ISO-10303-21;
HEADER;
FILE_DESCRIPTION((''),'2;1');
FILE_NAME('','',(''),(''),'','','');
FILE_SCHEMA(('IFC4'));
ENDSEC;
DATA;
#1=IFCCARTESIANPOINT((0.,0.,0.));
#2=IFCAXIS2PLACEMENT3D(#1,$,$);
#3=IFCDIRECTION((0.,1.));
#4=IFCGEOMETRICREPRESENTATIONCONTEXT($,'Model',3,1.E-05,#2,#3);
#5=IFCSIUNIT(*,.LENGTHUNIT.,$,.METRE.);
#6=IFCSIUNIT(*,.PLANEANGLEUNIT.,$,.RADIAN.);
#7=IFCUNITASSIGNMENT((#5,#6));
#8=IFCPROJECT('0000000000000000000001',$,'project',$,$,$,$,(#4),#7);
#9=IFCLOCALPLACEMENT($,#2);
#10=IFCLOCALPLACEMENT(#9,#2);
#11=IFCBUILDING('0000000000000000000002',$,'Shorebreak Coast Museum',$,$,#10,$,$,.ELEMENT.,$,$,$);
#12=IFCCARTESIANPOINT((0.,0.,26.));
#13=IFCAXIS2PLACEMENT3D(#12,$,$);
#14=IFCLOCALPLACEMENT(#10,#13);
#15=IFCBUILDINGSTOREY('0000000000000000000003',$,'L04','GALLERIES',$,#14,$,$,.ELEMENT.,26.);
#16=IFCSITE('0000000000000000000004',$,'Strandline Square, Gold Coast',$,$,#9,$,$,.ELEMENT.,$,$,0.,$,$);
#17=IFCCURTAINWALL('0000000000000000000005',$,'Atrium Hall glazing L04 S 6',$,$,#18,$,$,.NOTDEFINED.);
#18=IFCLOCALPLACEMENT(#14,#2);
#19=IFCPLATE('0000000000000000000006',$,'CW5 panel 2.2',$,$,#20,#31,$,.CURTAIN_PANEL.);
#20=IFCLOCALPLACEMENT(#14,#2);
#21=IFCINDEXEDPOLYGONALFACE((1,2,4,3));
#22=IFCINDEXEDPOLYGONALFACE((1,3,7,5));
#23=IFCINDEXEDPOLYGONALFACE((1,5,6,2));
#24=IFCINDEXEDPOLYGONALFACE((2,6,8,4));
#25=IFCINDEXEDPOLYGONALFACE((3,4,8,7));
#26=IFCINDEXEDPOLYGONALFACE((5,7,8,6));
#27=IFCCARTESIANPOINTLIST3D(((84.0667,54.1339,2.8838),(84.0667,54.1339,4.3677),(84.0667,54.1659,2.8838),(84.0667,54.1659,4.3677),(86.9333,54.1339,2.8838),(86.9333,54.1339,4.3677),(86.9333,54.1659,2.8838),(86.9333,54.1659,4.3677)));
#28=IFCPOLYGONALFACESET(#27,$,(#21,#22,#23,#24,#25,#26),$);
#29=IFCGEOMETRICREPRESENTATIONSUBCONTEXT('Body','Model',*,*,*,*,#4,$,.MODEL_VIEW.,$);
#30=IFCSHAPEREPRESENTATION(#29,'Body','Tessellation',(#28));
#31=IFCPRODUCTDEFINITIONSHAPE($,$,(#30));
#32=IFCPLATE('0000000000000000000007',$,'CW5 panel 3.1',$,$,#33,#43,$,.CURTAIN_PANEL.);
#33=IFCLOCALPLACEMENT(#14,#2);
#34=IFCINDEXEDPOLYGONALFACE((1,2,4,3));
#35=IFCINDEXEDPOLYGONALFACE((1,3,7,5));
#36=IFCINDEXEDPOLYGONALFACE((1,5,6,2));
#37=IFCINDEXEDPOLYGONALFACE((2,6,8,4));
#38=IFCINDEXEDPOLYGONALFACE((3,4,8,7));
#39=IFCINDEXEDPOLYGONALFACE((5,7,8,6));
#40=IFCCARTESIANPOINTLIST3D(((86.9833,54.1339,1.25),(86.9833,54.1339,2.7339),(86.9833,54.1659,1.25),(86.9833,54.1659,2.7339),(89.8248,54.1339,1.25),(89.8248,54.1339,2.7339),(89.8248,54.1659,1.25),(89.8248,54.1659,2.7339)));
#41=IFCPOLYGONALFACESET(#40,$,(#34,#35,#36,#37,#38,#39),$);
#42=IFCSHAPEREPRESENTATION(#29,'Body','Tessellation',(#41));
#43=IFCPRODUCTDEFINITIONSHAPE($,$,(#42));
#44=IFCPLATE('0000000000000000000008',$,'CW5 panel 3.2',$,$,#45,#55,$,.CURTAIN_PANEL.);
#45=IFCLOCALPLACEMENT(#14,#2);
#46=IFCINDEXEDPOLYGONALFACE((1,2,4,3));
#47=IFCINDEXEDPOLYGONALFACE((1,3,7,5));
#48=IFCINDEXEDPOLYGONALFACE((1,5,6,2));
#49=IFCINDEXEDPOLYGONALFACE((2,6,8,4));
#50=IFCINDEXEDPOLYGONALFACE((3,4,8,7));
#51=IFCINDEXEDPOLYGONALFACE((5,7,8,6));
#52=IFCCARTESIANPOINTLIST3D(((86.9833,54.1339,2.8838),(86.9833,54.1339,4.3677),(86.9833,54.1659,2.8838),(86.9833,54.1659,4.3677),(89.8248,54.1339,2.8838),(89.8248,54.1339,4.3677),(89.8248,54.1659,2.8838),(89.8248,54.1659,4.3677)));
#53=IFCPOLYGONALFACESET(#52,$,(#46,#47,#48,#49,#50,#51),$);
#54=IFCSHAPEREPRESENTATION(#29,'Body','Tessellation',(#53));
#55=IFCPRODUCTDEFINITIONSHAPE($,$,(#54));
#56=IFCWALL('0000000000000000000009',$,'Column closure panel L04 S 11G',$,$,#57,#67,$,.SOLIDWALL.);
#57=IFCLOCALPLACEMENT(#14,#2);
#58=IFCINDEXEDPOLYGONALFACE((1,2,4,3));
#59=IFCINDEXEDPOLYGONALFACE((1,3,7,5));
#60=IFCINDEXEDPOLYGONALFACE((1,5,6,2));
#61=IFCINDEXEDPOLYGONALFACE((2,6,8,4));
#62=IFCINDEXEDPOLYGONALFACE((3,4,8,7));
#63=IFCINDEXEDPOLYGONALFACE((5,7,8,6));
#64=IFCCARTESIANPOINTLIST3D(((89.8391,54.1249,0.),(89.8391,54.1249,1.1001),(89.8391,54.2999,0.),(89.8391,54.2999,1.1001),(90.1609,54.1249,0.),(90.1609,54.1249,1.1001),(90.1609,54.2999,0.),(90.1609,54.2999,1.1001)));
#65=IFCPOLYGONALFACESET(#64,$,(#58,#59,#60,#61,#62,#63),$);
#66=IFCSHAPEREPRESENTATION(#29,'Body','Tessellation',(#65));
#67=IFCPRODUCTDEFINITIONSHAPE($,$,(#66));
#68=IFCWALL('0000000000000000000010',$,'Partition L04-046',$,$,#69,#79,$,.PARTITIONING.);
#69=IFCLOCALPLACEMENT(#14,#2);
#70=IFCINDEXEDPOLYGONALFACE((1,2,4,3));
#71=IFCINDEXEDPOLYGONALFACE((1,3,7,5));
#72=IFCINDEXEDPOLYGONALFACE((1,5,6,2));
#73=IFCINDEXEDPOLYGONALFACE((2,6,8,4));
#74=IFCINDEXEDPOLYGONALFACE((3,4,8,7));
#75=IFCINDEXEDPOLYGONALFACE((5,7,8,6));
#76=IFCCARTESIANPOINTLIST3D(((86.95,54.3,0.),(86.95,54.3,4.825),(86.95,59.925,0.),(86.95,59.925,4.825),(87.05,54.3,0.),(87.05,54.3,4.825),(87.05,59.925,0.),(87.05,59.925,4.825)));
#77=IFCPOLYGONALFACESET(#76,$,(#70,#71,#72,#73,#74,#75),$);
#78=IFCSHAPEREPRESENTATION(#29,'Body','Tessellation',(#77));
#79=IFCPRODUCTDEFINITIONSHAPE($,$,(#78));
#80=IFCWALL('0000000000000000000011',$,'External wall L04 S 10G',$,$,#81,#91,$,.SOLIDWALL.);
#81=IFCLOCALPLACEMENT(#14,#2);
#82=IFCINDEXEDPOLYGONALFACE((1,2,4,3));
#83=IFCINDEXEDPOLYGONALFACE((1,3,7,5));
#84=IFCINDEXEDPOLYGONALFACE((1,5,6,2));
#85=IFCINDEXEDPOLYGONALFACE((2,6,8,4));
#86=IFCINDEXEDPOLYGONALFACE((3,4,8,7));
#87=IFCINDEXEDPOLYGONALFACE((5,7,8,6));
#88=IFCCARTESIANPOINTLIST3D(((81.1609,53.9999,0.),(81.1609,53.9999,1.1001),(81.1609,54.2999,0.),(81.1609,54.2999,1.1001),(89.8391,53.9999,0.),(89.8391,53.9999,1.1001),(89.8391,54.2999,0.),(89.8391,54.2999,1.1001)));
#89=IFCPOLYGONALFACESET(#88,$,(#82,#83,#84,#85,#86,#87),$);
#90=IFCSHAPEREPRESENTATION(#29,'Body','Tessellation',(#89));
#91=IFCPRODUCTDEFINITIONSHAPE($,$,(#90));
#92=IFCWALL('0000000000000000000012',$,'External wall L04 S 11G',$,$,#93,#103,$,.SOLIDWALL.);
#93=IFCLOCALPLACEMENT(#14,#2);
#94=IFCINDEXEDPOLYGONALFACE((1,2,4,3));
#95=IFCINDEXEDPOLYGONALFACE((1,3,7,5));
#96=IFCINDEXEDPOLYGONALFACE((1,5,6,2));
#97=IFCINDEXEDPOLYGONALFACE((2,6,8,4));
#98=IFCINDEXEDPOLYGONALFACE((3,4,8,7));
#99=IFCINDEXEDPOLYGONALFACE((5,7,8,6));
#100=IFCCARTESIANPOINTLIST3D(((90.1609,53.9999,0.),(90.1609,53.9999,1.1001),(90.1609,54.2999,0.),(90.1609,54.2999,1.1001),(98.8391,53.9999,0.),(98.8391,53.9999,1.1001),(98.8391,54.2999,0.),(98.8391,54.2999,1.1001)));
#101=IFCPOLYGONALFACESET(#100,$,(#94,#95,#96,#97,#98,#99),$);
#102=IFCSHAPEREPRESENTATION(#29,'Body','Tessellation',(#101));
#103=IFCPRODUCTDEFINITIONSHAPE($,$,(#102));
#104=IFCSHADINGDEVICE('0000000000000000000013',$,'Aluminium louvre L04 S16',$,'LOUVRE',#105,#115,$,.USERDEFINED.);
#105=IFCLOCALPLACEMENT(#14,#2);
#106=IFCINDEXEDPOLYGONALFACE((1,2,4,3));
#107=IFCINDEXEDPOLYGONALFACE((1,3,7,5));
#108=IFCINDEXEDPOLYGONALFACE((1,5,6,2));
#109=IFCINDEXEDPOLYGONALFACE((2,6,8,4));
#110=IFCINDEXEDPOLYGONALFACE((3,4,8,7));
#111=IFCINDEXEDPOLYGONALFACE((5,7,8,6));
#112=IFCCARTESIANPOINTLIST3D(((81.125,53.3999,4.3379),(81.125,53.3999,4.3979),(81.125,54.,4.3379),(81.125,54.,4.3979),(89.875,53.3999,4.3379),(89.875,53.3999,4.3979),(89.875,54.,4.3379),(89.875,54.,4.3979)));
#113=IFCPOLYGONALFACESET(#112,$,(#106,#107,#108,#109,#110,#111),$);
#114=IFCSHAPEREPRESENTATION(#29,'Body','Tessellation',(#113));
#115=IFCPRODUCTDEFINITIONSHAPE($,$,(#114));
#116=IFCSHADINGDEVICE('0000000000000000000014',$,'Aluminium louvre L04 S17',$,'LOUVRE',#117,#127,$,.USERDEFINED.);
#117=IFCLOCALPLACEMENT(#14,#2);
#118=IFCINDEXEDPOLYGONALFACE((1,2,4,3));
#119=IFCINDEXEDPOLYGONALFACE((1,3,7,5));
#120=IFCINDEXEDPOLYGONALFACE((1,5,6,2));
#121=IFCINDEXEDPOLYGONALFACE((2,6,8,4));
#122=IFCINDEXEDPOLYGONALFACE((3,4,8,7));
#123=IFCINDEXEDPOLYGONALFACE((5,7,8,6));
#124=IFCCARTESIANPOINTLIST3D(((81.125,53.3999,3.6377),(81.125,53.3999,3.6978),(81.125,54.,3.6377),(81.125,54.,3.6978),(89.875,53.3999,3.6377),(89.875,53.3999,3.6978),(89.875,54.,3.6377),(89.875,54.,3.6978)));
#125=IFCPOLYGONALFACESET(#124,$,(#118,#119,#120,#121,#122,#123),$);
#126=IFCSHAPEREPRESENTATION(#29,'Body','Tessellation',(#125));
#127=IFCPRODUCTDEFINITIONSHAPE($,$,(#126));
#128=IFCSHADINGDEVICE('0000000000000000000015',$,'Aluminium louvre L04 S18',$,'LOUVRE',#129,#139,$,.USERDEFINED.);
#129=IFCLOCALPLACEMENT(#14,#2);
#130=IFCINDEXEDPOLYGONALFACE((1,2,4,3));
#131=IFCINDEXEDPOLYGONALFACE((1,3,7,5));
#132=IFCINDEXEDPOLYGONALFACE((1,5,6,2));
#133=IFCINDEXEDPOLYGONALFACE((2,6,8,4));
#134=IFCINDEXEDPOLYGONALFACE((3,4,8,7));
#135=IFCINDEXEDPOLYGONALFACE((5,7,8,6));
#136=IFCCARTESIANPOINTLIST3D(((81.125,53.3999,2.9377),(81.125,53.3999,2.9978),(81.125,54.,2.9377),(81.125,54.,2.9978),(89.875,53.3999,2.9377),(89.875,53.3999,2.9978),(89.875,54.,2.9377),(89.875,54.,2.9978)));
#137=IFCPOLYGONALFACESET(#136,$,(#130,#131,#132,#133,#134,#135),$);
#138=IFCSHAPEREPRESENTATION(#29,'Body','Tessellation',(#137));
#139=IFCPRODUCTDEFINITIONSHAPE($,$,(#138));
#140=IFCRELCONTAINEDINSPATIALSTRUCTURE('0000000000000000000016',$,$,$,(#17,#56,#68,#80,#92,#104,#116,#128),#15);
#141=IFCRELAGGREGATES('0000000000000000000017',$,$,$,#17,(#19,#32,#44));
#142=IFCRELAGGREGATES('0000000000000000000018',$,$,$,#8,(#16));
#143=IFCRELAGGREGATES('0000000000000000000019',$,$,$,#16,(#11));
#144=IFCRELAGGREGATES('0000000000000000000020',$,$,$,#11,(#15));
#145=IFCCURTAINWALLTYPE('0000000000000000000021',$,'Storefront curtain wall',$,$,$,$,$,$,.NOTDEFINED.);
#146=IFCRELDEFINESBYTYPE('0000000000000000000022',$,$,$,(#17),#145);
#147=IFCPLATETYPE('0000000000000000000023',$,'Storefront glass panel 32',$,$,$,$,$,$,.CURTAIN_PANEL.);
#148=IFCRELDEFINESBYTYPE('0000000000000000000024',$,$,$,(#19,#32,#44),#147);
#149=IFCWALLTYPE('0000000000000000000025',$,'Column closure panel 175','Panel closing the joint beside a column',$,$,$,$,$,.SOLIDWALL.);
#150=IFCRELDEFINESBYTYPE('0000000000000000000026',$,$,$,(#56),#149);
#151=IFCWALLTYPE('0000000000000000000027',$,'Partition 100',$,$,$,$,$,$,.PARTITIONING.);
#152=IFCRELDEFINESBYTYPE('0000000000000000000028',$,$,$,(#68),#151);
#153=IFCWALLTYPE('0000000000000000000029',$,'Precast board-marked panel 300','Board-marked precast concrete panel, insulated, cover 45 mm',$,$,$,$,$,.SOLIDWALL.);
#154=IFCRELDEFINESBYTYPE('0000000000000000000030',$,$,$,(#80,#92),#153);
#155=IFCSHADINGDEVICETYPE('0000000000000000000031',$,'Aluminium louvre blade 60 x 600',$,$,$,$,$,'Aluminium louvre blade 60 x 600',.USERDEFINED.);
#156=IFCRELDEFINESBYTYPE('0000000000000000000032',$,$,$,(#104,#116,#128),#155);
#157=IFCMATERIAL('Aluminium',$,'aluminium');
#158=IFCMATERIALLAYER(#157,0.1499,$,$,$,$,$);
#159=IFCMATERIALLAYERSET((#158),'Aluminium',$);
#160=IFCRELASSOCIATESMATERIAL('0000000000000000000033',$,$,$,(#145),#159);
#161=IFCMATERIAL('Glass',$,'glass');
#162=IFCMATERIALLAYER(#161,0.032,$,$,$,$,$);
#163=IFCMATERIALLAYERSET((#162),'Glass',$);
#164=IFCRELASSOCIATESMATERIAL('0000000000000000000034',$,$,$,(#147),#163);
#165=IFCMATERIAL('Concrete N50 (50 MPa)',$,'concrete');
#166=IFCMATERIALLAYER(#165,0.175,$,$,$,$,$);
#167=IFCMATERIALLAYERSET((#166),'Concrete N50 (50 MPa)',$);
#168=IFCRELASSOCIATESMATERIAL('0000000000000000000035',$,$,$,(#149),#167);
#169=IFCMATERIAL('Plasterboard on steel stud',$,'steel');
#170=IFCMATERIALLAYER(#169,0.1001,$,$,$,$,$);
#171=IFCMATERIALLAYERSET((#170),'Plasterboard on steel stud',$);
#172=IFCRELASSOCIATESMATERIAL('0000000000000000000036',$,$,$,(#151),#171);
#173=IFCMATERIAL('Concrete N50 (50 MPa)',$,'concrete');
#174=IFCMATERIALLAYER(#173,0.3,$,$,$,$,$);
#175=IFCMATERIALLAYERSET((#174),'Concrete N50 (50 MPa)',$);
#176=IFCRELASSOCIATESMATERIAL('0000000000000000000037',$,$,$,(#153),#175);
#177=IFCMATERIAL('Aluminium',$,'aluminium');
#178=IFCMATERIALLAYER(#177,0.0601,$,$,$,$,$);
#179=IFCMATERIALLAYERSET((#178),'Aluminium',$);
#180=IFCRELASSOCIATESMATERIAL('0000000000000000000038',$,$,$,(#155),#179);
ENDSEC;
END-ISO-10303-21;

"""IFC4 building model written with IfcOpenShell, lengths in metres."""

from ifc_helpers import new_model, si_unit, direction, frame, frame_2d, origin, origin_2d, place, context, subcontext, project, spatial, rectangle, extrude, material, layer, layer_set, type_object, element, aggregate, save


model = new_model("IFC4")

# Units and contexts
model_context = context("Model", 3, precision=1e-05, world=origin(), true_north=direction((0.0, 1.0)))
body_context = subcontext(model_context, "Body", "Model", "MODEL_VIEW")
ifc_project = project(units=[si_unit("LENGTHUNIT", "METRE"), si_unit("PLANEANGLEUNIT", "RADIAN")], contexts=[model_context])

# Site, building, storey
site_placement = place(None, origin())
site = spatial("IfcSite", under=ifc_project, at=site_placement, Name="Strandline Square, Gold Coast", CompositionType="ELEMENT", RefElevation=0.0)
building_placement = place(site_placement, origin())
building = spatial("IfcBuilding", under=site, at=building_placement, Name="Shorebreak Coast Museum", CompositionType="ELEMENT")
storey_placement = place(building_placement, frame((0.0, 0.0, 26.0)))
storey = spatial("IfcBuildingStorey", under=building, at=storey_placement, Name="L04", Description="GALLERIES", CompositionType="ELEMENT", Elevation=26.0)

# Curtain wall
ifc_material_1 = material(Name="Aluminium", Category="aluminium")
ifc_layer_1 = layer(ifc_material_1, 0.1499)
ifc_layer_set_1 = layer_set([ifc_layer_1], Name="Aluminium")
curtain_wall_type = type_object("IfcCurtainWallType", Name="Storefront curtain wall", PredefinedType="NOTDEFINED", material=ifc_layer_set_1)
curtain_wall_1_placement = place(storey_placement, origin())
curtain_wall_1 = element("IfcCurtainWall", 1, at=curtain_wall_1_placement, inside=storey, type_object=curtain_wall_type, Name="Atrium Hall glazing L04 S 6", PredefinedType="NOTDEFINED")

# Plates
ifc_material_2 = material(Name="Glass", Category="glass")
ifc_layer_2 = layer(ifc_material_2, 0.032)
ifc_layer_set_2 = layer_set([ifc_layer_2], Name="Glass")
plate_type = type_object("IfcPlateType", Name="Storefront glass panel 32", PredefinedType="CURTAIN_PANEL", material=ifc_layer_set_2)
plate_1_placement = place(storey_placement, frame((85.5, 54.1499, 2.8838), z_axis=(0.0, 0.0, 1.0), x_axis=(1.0, 0.0, 0.0)))
plate_1 = element("IfcPlate", 2, at=plate_1_placement, type_object=plate_type, Name="CW5 panel 2.2", PredefinedType="CURTAIN_PANEL", context=body_context, shape_type="SweptSolid", body=[
    extrude(rectangle(XDim=2.8667, YDim=0.032, at=origin_2d()), origin(), (0.0, 0.0, 1.0), 1.4839),
])
plate_2_placement = place(storey_placement, frame((88.4041, 54.1499, 1.25), z_axis=(0.0, 0.0, 1.0), x_axis=(1.0, 0.0, 0.0)))
plate_2 = element("IfcPlate", 3, at=plate_2_placement, type_object=plate_type, Name="CW5 panel 3.1", PredefinedType="CURTAIN_PANEL", context=body_context, shape_type="SweptSolid", body=[
    extrude(rectangle(XDim=2.8416, YDim=0.032, at=origin_2d()), origin(), (0.0, 0.0, 1.0), 1.4839),
])
plate_3_placement = place(storey_placement, frame((88.4041, 54.1499, 2.8838), z_axis=(0.0, 0.0, 1.0), x_axis=(1.0, 0.0, 0.0)))
plate_3 = element("IfcPlate", 4, at=plate_3_placement, type_object=plate_type, Name="CW5 panel 3.2", PredefinedType="CURTAIN_PANEL", context=body_context, shape_type="SweptSolid", body=[
    extrude(rectangle(XDim=2.8416, YDim=0.032, at=origin_2d()), origin(), (0.0, 0.0, 1.0), 1.4839),
])
aggregate(curtain_wall_1, [plate_1, plate_2, plate_3])

# Walls
ifc_material_3 = material(Name="Concrete N50 (50 MPa)", Category="concrete")
ifc_layer_3 = layer(ifc_material_3, 0.175)
ifc_layer_set_3 = layer_set([ifc_layer_3], Name="Concrete N50 (50 MPa)")
wall_type_1 = type_object("IfcWallType", Name="Column closure panel 175", Description="Panel closing the joint beside a column", PredefinedType="SOLIDWALL", material=ifc_layer_set_3)
wall_1_placement = place(storey_placement, frame((89.8391, 54.2124, 0.0), z_axis=(0.0, 0.0, 1.0), x_axis=(1.0, 0.0, 0.0)))
element("IfcWall", 5, at=wall_1_placement, inside=storey, type_object=wall_type_1, Name="Column closure panel L04 S 11G", PredefinedType="SOLIDWALL", context=body_context, shape_type="SweptSolid", body=[
    extrude(rectangle(XDim=0.3218, YDim=0.175, at=frame_2d((0.1609, 0.0))), origin(), (0.0, 0.0, 1.0), 1.1001),
])
ifc_material_4 = material(Name="Plasterboard on steel stud", Category="steel")
ifc_layer_4 = layer(ifc_material_4, 0.1001)
ifc_layer_set_4 = layer_set([ifc_layer_4], Name="Plasterboard on steel stud")
wall_type_2 = type_object("IfcWallType", Name="Partition 100", PredefinedType="PARTITIONING", material=ifc_layer_set_4)
wall_2_placement = place(storey_placement, frame((87.0, 54.3, 0.0), z_axis=(0.0, 0.0, 1.0), x_axis=(0.0, 1.0, 0.0)))
element("IfcWall", 6, at=wall_2_placement, inside=storey, type_object=wall_type_2, Name="Partition L04-046", PredefinedType="PARTITIONING", context=body_context, shape_type="SweptSolid", body=[
    extrude(rectangle(XDim=5.625, YDim=0.1001, at=frame_2d((2.8125, 0.0))), origin(), (0.0, 0.0, 1.0), 4.825),
])
ifc_material_5 = material(Name="Concrete N50 (50 MPa)", Category="concrete")
ifc_layer_5 = layer(ifc_material_5, 0.3)
ifc_layer_set_5 = layer_set([ifc_layer_5], Name="Concrete N50 (50 MPa)")
wall_type_3 = type_object("IfcWallType", Name="Precast board-marked panel 300", Description="Board-marked precast concrete panel, insulated, cover 45 mm", PredefinedType="SOLIDWALL", material=ifc_layer_set_5)
for number, where, z_axis, x_axis, name in (
    (7, (81.1609, 54.1499, 0.0), (0.0, 0.0, 1.0), (1.0, 0.0, 0.0), "External wall L04 S 10G"),
    (8, (90.1609, 54.1499, 0.0), (0.0, 0.0, 1.0), (1.0, 0.0, 0.0), "External wall L04 S 11G"),
):
    element("IfcWall", number, at=place(storey_placement, frame(where, z_axis=z_axis, x_axis=x_axis)), inside=storey, type_object=wall_type_3, Name=name, PredefinedType="SOLIDWALL", context=body_context, shape_type="SweptSolid", body=[
        extrude(rectangle(XDim=8.6782, YDim=0.3, at=frame_2d((4.3391, 0.0))), origin(), (0.0, 0.0, 1.0), 1.1001),
    ])

# Shading devices
ifc_material_6 = material(Name="Aluminium", Category="aluminium")
ifc_layer_6 = layer(ifc_material_6, 0.0601)
ifc_layer_set_6 = layer_set([ifc_layer_6], Name="Aluminium")
shading_device_type = type_object("IfcShadingDeviceType", Name="Aluminium louvre blade 60 x 600", ElementType="Aluminium louvre blade 60 x 600", PredefinedType="USERDEFINED", material=ifc_layer_set_6)
for number, where, z_axis, x_axis, name in (
    (9, (85.5, 53.7, 4.3379), (0.0, 0.0, 1.0), (1.0, 0.0, 0.0), "Aluminium louvre L04 S16"),
    (10, (85.5, 53.7, 3.6377), (0.0, 0.0, 1.0), (1.0, 0.0, 0.0), "Aluminium louvre L04 S17"),
    (11, (85.5, 53.7, 2.9377), (0.0, 0.0, 1.0), (1.0, 0.0, 0.0), "Aluminium louvre L04 S18"),
):
    element("IfcShadingDevice", number, at=place(storey_placement, frame(where, z_axis=z_axis, x_axis=x_axis)), inside=storey, type_object=shading_device_type, Name=name, ObjectType="LOUVRE", PredefinedType="USERDEFINED", context=body_context, shape_type="SweptSolid", body=[
        extrude(rectangle(XDim=8.75, YDim=0.6001, at=origin_2d()), origin(), (0.0, 0.0, 1.0), 0.0601),
    ])

save(model, "model.ifc")
